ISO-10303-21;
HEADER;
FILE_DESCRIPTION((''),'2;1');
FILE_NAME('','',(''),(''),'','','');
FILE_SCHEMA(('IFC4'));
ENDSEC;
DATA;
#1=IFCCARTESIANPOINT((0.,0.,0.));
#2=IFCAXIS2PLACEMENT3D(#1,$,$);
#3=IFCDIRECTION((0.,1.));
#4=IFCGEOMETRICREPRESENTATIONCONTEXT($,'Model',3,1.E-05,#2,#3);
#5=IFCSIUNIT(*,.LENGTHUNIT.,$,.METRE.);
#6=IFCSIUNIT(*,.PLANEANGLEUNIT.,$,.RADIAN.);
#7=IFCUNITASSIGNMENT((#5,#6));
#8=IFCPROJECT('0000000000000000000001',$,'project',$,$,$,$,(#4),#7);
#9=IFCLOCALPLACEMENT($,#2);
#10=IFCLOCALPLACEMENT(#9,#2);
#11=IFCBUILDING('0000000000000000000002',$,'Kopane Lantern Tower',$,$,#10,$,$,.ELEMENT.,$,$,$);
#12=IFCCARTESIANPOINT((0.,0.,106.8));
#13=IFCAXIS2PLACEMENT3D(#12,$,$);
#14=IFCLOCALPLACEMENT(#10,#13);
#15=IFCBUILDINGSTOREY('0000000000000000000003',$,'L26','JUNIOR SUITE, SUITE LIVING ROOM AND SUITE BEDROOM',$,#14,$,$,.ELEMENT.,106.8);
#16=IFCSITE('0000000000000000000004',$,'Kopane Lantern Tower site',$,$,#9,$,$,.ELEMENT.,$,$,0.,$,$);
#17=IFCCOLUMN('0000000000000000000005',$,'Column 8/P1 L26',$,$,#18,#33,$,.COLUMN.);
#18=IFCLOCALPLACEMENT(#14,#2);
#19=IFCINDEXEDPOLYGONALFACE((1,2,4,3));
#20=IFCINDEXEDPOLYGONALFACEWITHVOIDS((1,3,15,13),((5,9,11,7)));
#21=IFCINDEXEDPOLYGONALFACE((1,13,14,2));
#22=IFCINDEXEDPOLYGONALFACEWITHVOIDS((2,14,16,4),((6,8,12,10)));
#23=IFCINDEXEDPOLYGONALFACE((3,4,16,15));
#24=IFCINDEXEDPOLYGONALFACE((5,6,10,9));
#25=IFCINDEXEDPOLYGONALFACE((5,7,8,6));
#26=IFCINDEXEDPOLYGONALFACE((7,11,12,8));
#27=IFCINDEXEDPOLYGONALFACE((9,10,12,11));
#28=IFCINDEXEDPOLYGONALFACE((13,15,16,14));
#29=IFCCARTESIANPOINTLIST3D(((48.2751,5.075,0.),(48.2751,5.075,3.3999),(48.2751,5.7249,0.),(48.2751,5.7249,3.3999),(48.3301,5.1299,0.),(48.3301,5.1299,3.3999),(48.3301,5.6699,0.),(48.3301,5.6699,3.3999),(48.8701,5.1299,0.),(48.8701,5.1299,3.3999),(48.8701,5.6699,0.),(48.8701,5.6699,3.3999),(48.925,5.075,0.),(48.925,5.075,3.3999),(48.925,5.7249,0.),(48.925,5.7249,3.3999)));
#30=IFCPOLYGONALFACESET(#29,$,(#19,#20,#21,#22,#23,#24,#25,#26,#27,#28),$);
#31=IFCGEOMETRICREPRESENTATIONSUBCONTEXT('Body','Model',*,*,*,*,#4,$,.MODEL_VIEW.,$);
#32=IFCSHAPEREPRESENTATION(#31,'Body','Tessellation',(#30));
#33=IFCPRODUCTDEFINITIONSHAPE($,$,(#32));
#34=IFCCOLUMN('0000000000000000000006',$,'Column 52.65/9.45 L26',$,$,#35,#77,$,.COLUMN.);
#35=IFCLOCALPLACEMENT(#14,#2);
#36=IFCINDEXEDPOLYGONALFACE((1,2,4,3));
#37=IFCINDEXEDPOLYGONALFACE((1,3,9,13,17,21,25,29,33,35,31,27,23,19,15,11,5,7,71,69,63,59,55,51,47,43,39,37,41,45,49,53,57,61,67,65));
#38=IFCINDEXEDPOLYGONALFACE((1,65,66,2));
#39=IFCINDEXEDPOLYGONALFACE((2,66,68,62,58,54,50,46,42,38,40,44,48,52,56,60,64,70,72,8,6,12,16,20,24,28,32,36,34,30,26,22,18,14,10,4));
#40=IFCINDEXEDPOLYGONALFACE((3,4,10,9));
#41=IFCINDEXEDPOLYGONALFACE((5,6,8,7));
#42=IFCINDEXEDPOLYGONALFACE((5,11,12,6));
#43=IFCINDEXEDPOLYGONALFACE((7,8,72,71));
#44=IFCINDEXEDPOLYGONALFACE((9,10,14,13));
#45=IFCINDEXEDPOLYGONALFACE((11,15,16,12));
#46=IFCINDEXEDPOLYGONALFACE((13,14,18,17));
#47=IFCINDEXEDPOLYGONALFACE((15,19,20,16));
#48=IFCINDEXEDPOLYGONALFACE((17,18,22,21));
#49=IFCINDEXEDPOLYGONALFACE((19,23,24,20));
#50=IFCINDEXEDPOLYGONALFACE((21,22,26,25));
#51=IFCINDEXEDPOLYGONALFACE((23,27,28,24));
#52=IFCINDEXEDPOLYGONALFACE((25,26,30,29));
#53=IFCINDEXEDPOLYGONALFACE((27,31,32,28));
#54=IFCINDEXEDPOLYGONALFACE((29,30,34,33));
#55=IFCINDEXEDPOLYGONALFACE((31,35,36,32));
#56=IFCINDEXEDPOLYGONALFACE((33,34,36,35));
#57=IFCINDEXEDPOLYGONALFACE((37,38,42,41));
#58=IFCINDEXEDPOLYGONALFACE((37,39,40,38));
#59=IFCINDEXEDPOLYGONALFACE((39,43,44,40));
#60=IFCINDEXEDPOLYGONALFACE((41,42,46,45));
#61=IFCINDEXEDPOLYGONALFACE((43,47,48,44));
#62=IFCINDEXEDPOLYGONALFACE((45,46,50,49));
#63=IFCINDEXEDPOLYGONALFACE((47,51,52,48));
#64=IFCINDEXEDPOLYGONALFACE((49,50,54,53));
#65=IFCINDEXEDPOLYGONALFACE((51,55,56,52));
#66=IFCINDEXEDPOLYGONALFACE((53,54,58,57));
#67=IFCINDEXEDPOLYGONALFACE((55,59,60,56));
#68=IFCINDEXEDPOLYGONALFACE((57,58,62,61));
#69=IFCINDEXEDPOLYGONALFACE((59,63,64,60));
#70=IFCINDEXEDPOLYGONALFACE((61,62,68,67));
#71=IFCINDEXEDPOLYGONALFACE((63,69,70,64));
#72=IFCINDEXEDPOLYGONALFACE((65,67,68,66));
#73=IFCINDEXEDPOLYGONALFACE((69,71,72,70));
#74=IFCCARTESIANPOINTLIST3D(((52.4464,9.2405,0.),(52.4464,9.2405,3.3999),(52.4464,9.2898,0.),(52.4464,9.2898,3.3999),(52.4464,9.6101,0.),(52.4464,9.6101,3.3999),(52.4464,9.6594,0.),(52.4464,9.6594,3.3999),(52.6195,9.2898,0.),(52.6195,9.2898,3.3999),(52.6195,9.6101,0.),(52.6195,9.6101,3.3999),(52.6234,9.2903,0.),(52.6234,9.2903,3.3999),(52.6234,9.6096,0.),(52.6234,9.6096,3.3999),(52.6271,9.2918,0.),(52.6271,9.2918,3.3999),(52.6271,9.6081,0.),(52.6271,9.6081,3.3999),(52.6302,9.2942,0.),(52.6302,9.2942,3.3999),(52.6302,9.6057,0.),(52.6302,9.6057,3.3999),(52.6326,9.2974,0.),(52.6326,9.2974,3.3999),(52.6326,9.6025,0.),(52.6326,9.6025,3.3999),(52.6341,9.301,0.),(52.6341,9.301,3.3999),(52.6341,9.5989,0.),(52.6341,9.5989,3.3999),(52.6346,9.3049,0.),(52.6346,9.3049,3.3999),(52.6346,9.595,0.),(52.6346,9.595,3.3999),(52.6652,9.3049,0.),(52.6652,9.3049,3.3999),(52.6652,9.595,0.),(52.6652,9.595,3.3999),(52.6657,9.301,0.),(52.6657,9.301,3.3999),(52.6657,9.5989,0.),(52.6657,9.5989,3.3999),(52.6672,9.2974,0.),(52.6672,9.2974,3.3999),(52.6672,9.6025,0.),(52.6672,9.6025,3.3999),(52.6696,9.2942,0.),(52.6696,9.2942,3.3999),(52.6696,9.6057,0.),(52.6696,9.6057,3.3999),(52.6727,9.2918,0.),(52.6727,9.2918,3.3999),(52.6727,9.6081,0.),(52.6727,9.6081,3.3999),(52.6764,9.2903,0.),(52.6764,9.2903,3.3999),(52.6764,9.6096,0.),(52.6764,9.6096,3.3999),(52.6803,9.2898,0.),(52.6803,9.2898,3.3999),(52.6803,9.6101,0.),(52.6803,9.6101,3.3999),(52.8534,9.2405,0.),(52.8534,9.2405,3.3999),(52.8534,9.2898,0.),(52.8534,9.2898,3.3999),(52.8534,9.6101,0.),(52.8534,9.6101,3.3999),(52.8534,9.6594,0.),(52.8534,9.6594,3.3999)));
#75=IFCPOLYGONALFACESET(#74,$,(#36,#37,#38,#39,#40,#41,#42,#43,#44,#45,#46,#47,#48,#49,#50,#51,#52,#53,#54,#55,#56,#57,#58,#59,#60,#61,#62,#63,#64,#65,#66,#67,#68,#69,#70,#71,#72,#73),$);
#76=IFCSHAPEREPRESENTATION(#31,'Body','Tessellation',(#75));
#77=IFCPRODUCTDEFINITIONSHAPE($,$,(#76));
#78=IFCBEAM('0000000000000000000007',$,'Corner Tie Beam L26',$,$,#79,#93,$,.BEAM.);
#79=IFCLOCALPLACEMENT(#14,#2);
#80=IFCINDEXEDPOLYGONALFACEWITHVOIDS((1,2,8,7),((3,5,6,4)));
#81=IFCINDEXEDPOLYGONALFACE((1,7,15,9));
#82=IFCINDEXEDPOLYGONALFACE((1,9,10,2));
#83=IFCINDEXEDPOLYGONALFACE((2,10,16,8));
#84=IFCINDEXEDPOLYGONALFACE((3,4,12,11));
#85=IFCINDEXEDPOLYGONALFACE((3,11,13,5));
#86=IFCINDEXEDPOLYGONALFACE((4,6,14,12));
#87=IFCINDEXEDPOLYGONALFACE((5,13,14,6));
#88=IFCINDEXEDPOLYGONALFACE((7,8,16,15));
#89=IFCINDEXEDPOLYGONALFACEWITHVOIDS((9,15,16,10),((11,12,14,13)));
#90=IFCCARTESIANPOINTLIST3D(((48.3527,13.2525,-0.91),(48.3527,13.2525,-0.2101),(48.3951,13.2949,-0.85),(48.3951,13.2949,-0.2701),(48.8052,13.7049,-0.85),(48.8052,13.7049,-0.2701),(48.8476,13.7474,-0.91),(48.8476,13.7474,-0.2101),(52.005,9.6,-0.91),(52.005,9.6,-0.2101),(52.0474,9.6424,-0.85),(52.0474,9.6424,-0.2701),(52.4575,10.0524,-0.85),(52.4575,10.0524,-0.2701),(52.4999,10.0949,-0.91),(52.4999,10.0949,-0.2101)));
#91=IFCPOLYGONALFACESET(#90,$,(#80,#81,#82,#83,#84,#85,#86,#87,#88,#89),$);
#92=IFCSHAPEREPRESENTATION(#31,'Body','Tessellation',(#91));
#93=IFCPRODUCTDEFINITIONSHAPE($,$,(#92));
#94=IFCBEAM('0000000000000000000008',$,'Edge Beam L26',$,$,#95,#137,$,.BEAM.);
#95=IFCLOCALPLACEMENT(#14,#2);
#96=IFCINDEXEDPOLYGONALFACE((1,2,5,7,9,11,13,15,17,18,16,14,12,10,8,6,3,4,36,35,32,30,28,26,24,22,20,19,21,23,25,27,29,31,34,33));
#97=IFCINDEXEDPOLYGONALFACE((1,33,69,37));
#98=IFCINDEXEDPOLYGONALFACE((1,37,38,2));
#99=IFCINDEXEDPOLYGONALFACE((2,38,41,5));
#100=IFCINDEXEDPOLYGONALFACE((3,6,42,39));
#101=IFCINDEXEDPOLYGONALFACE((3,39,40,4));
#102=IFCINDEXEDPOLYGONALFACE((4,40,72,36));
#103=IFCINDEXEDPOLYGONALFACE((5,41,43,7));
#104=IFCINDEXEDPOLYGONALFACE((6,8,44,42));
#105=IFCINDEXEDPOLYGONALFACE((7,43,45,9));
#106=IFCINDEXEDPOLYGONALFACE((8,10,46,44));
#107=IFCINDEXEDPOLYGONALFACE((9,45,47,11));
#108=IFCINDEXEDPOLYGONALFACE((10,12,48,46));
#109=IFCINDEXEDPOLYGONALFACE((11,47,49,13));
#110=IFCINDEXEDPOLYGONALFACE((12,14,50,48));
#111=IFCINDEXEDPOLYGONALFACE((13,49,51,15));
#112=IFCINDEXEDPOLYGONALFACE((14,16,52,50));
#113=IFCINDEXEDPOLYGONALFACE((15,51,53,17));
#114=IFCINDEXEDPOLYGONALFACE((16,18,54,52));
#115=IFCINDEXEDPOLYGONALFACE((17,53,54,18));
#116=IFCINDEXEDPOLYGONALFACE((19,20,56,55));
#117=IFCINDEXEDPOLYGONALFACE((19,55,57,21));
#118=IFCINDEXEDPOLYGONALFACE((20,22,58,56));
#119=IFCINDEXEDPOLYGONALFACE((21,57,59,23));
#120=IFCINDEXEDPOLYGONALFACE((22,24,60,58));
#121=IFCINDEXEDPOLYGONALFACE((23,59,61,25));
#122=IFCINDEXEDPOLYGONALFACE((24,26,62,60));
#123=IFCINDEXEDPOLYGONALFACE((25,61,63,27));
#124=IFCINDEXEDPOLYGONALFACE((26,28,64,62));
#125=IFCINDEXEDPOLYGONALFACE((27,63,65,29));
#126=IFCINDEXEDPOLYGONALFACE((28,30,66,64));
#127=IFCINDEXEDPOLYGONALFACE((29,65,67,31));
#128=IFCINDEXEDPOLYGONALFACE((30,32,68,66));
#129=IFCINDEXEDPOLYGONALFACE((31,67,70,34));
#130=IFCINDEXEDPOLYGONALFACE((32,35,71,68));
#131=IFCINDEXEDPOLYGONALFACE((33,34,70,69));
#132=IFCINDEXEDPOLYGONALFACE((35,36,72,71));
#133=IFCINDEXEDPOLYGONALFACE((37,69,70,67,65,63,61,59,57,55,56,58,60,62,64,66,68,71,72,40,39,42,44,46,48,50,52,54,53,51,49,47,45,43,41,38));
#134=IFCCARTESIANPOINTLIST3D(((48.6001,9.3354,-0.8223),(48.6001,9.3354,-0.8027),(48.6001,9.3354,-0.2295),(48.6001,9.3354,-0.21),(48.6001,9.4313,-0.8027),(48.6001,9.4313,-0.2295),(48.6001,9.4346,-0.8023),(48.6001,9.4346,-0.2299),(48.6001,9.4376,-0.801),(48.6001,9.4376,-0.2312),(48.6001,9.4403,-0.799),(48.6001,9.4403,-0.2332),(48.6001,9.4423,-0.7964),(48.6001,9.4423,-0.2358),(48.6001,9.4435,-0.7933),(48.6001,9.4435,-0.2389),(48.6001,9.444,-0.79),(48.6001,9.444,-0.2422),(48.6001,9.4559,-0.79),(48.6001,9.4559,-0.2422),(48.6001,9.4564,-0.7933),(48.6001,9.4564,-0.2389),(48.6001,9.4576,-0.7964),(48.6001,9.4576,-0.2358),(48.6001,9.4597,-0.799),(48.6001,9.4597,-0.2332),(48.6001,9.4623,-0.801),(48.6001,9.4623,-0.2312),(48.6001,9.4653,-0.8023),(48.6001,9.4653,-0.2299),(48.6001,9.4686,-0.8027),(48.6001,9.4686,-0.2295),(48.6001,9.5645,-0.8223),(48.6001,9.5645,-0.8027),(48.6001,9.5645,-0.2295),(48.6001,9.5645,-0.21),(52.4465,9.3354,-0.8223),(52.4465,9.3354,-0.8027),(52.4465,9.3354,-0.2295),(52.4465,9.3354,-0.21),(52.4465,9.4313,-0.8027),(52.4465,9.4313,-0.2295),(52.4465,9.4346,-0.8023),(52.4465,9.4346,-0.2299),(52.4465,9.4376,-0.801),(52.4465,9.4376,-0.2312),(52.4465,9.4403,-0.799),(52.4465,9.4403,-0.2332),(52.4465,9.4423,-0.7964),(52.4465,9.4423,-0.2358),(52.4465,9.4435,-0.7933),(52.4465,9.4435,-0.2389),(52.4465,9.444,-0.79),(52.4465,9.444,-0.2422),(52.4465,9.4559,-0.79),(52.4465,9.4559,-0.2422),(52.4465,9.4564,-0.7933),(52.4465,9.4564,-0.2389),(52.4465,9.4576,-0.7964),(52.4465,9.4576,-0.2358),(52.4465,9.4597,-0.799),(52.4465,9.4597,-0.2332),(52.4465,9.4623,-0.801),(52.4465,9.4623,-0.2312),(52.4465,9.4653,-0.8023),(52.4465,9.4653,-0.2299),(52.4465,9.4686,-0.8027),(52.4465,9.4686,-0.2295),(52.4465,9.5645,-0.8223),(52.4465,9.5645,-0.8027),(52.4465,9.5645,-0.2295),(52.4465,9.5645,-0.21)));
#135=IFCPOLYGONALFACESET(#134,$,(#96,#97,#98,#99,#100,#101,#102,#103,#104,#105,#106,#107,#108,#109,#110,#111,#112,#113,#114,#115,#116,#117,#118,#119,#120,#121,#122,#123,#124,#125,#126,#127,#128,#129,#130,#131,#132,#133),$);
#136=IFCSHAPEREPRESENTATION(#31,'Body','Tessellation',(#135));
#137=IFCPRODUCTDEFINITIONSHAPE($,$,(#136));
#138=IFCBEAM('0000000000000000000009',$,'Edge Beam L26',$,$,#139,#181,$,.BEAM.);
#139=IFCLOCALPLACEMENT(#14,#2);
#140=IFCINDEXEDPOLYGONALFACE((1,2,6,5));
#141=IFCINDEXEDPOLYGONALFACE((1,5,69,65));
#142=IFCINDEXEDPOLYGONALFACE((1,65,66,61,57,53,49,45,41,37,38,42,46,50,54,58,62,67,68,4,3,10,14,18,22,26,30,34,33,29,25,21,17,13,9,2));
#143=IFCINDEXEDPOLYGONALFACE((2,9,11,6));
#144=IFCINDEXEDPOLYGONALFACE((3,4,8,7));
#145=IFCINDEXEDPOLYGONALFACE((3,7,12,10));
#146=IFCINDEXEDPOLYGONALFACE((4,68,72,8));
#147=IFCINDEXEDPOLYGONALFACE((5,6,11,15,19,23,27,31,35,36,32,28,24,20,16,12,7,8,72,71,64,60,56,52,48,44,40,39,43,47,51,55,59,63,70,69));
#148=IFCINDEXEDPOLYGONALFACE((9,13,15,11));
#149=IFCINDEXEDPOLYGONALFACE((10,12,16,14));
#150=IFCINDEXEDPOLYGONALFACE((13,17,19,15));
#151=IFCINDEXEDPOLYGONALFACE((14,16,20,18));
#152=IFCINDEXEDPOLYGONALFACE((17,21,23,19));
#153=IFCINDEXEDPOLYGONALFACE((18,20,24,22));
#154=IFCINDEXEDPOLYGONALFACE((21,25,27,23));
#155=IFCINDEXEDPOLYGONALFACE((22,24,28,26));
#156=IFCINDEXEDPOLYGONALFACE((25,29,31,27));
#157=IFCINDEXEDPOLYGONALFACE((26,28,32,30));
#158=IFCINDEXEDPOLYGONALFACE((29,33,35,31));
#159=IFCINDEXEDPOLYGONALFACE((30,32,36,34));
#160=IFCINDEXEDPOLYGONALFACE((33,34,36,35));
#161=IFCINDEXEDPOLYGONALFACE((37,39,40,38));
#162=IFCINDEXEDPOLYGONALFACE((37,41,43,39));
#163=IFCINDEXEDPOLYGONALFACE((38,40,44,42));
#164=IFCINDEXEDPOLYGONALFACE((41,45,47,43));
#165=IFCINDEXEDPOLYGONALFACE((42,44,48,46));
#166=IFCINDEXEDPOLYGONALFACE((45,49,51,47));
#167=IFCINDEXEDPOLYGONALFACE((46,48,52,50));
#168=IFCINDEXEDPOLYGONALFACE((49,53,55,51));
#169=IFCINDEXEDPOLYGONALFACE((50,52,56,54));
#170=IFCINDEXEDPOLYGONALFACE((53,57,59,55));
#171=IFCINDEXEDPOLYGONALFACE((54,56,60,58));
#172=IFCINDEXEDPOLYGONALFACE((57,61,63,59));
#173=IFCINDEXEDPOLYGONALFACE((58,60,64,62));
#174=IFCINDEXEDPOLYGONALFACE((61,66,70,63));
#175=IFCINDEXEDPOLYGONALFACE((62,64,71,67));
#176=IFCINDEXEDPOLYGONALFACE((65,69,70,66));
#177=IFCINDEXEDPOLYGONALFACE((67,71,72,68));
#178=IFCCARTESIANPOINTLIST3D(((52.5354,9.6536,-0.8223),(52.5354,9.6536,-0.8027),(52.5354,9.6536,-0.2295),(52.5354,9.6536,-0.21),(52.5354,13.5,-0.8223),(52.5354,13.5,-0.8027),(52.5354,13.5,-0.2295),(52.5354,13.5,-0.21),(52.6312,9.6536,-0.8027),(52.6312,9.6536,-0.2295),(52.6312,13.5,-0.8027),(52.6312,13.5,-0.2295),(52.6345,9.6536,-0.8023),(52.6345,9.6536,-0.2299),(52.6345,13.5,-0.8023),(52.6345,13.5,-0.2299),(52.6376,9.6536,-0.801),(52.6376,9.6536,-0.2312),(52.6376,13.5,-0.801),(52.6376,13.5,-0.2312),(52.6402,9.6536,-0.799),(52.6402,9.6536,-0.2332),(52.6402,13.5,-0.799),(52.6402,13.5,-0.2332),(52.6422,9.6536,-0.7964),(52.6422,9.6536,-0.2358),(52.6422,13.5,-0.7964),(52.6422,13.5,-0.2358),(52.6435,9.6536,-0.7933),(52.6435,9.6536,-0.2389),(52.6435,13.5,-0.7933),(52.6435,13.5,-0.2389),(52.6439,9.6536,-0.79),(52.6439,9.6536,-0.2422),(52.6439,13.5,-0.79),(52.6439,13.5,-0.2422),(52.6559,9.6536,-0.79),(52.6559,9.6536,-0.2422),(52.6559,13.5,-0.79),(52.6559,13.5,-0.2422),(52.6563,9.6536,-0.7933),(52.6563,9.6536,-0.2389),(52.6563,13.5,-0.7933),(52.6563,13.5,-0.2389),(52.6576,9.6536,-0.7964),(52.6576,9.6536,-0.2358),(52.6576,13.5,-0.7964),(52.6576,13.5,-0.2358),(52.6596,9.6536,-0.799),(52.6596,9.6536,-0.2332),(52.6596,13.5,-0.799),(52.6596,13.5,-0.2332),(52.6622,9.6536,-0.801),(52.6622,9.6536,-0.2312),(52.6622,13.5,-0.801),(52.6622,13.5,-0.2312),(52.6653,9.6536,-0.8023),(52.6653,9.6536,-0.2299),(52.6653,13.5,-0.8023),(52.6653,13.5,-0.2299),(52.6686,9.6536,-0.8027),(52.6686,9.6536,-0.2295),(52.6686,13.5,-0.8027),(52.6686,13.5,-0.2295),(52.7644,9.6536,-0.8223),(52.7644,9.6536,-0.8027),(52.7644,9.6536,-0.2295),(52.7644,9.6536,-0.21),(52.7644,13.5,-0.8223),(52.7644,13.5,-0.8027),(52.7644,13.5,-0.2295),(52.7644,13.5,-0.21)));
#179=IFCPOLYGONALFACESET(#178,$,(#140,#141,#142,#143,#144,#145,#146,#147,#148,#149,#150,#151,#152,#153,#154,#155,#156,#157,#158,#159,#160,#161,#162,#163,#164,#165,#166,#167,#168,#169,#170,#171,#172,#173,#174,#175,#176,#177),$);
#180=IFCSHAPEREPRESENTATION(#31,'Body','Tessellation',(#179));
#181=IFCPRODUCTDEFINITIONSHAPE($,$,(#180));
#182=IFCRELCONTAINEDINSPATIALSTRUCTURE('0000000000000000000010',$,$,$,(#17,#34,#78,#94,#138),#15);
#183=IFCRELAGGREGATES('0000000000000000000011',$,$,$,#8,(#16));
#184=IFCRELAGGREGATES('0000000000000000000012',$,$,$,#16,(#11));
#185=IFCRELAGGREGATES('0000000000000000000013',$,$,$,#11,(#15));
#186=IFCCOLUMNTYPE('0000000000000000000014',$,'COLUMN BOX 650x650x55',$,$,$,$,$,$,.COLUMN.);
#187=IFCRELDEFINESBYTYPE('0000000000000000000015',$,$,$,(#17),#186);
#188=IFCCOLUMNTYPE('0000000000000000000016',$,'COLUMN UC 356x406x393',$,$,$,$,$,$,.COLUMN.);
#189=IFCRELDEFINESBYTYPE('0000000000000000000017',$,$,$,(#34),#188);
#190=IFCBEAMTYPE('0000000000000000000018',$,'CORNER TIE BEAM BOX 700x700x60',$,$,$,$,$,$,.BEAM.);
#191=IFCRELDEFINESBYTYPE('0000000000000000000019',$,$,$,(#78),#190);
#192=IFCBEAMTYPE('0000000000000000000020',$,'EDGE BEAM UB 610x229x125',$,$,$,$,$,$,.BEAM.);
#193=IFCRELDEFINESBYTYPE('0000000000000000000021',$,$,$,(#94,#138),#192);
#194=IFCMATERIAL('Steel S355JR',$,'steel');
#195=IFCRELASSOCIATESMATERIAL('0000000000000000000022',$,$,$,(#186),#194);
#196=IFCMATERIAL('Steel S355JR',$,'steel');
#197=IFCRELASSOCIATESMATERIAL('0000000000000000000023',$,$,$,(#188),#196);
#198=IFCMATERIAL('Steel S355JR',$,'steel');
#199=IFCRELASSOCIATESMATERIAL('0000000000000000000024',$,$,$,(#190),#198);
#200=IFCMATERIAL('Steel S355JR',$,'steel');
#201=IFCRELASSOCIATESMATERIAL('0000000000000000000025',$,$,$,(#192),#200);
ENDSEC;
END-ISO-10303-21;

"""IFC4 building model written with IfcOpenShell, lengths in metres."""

from ifc_helpers import new_model, si_unit, direction, frame, origin, origin_2d, place, context, subcontext, project, spatial, hollow_rectangle, i_section, extrude, material, material_profile, profile_set, type_object, element, save


model = new_model("IFC4")

# Units and contexts
model_context = context("Model", 3, precision=1e-05, world=origin(), true_north=direction((0.0, 1.0)))
body_context = subcontext(model_context, "Body", "Model", "MODEL_VIEW")
ifc_project = project(units=[si_unit("LENGTHUNIT", "METRE"), si_unit("PLANEANGLEUNIT", "RADIAN")], contexts=[model_context])

# Site, building, storey
site_placement = place(None, origin())
site = spatial("IfcSite", under=ifc_project, at=site_placement, Name="Kopane Lantern Tower site", CompositionType="ELEMENT", RefElevation=0.0)
building_placement = place(site_placement, origin())
building = spatial("IfcBuilding", under=site, at=building_placement, Name="Kopane Lantern Tower", CompositionType="ELEMENT")
storey_placement = place(building_placement, frame((0.0, 0.0, 106.8)))
storey = spatial("IfcBuildingStorey", under=building, at=storey_placement, Name="L26", Description="JUNIOR SUITE, SUITE LIVING ROOM AND SUITE BEDROOM", CompositionType="ELEMENT", Elevation=106.8)

# Columns
ifc_material_1 = material(Name="Steel S355JR", Category="steel")
ifc_material_profile_1 = material_profile(ifc_material_1, hollow_rectangle(XDim=0.6499, YDim=0.6499, WallThickness=0.0549, at=origin_2d()), Name="BOX 650x650x55")
ifc_profile_set_1 = profile_set([ifc_material_profile_1], Name="Steel S355JR")
column_type_1 = type_object("IfcColumnType", Name="COLUMN BOX 650x650x55", PredefinedType="COLUMN", material=ifc_profile_set_1)
column_1_placement = place(storey_placement, frame((48.6001, 5.3999, 0.0), z_axis=(0.0, 0.0, 1.0), x_axis=(1.0, 0.0, 0.0)))
element("IfcColumn", 1, at=column_1_placement, inside=storey, type_object=column_type_1, Name="Column 8/P1 L26", PredefinedType="COLUMN", context=body_context, shape_type="SweptSolid", body=[
    extrude(hollow_rectangle(XDim=0.6499, YDim=0.6499, WallThickness=0.0549, at=origin_2d()), origin(), (0.0, 0.0, 1.0), 3.3999),
])
ifc_material_2 = material(Name="Steel S355JR", Category="steel")
ifc_material_profile_2 = material_profile(ifc_material_2, i_section(OverallWidth=0.407, OverallDepth=0.4189, WebThickness=0.0305, FlangeThickness=0.0493, FilletRadius=0.0151, at=origin_2d()), Name="UC 356x406x393")
ifc_profile_set_2 = profile_set([ifc_material_profile_2], Name="Steel S355JR")
column_type_2 = type_object("IfcColumnType", Name="COLUMN UC 356x406x393", PredefinedType="COLUMN", material=ifc_profile_set_2)
column_2_placement = place(storey_placement, frame((52.6499, 9.45, 0.0), z_axis=(0.0, 0.0, 1.0), x_axis=(1.0, 0.0, 0.0)))
element("IfcColumn", 2, at=column_2_placement, inside=storey, type_object=column_type_2, Name="Column 52.65/9.45 L26", PredefinedType="COLUMN", context=body_context, shape_type="SweptSolid", body=[
    extrude(i_section(OverallWidth=0.407, OverallDepth=0.4189, WebThickness=0.0305, FlangeThickness=0.0493, FilletRadius=0.0151, at=origin_2d()), origin(), (0.0, 0.0, 1.0), 3.3999),
])

# Beams
ifc_material_3 = material(Name="Steel S355JR", Category="steel")
ifc_material_profile_3 = material_profile(ifc_material_3, hollow_rectangle(XDim=0.7, YDim=0.7, WallThickness=0.0601, at=origin_2d()), Name="BOX 700x700x60")
ifc_profile_set_3 = profile_set([ifc_material_profile_3], Name="Steel S355JR")
beam_type_1 = type_object("IfcBeamType", Name="CORNER TIE BEAM BOX 700x700x60", PredefinedType="BEAM", material=ifc_profile_set_3)
beam_1_placement = place(storey_placement, frame((52.2524, 9.8474, -0.5601), z_axis=(-0.707083, 0.70713, 0.0), x_axis=(-0.70713, -0.707083, 0.0)))
element("IfcBeam", 3, at=beam_1_placement, inside=storey, type_object=beam_type_1, Name="Corner Tie Beam L26", PredefinedType="BEAM", context=body_context, shape_type="SweptSolid", body=[
    extrude(hollow_rectangle(XDim=0.7, YDim=0.7, WallThickness=0.0601, at=origin_2d()), origin(), (0.0, 0.0, 1.0), 5.1653),
])
ifc_material_4 = material(Name="Steel S355JR", Category="steel")
ifc_material_profile_4 = material_profile(ifc_material_4, i_section(OverallWidth=0.229, OverallDepth=0.6123, WebThickness=0.012, FlangeThickness=0.0195, FilletRadius=0.0127, at=origin_2d()), Name="UB 610x229x125")
ifc_profile_set_4 = profile_set([ifc_material_profile_4], Name="Steel S355JR")
beam_type_2 = type_object("IfcBeamType", Name="EDGE BEAM UB 610x229x125", PredefinedType="BEAM", material=ifc_profile_set_4)
for number, where, z_axis, x_axis, name in (
    (4, (52.4465, 9.45, -0.5161), (-1.0, 0.0, 0.0), (0.0, -1.0, 0.0), "Edge Beam L26"),
    (5, (52.6499, 9.6536, -0.5161), (0.0, 1.0, 0.0), (-1.0, 0.0, 0.0), "Edge Beam L26"),
):
    element("IfcBeam", number, at=place(storey_placement, frame(where, z_axis=z_axis, x_axis=x_axis)), inside=storey, type_object=beam_type_2, Name=name, PredefinedType="BEAM", context=body_context, shape_type="SweptSolid", body=[
        extrude(i_section(OverallWidth=0.229, OverallDepth=0.6123, WebThickness=0.012, FlangeThickness=0.0195, FilletRadius=0.0127, at=origin_2d()), origin(), (0.0, 0.0, 1.0), 3.8464),
    ])

save(model, "model.ifc")
